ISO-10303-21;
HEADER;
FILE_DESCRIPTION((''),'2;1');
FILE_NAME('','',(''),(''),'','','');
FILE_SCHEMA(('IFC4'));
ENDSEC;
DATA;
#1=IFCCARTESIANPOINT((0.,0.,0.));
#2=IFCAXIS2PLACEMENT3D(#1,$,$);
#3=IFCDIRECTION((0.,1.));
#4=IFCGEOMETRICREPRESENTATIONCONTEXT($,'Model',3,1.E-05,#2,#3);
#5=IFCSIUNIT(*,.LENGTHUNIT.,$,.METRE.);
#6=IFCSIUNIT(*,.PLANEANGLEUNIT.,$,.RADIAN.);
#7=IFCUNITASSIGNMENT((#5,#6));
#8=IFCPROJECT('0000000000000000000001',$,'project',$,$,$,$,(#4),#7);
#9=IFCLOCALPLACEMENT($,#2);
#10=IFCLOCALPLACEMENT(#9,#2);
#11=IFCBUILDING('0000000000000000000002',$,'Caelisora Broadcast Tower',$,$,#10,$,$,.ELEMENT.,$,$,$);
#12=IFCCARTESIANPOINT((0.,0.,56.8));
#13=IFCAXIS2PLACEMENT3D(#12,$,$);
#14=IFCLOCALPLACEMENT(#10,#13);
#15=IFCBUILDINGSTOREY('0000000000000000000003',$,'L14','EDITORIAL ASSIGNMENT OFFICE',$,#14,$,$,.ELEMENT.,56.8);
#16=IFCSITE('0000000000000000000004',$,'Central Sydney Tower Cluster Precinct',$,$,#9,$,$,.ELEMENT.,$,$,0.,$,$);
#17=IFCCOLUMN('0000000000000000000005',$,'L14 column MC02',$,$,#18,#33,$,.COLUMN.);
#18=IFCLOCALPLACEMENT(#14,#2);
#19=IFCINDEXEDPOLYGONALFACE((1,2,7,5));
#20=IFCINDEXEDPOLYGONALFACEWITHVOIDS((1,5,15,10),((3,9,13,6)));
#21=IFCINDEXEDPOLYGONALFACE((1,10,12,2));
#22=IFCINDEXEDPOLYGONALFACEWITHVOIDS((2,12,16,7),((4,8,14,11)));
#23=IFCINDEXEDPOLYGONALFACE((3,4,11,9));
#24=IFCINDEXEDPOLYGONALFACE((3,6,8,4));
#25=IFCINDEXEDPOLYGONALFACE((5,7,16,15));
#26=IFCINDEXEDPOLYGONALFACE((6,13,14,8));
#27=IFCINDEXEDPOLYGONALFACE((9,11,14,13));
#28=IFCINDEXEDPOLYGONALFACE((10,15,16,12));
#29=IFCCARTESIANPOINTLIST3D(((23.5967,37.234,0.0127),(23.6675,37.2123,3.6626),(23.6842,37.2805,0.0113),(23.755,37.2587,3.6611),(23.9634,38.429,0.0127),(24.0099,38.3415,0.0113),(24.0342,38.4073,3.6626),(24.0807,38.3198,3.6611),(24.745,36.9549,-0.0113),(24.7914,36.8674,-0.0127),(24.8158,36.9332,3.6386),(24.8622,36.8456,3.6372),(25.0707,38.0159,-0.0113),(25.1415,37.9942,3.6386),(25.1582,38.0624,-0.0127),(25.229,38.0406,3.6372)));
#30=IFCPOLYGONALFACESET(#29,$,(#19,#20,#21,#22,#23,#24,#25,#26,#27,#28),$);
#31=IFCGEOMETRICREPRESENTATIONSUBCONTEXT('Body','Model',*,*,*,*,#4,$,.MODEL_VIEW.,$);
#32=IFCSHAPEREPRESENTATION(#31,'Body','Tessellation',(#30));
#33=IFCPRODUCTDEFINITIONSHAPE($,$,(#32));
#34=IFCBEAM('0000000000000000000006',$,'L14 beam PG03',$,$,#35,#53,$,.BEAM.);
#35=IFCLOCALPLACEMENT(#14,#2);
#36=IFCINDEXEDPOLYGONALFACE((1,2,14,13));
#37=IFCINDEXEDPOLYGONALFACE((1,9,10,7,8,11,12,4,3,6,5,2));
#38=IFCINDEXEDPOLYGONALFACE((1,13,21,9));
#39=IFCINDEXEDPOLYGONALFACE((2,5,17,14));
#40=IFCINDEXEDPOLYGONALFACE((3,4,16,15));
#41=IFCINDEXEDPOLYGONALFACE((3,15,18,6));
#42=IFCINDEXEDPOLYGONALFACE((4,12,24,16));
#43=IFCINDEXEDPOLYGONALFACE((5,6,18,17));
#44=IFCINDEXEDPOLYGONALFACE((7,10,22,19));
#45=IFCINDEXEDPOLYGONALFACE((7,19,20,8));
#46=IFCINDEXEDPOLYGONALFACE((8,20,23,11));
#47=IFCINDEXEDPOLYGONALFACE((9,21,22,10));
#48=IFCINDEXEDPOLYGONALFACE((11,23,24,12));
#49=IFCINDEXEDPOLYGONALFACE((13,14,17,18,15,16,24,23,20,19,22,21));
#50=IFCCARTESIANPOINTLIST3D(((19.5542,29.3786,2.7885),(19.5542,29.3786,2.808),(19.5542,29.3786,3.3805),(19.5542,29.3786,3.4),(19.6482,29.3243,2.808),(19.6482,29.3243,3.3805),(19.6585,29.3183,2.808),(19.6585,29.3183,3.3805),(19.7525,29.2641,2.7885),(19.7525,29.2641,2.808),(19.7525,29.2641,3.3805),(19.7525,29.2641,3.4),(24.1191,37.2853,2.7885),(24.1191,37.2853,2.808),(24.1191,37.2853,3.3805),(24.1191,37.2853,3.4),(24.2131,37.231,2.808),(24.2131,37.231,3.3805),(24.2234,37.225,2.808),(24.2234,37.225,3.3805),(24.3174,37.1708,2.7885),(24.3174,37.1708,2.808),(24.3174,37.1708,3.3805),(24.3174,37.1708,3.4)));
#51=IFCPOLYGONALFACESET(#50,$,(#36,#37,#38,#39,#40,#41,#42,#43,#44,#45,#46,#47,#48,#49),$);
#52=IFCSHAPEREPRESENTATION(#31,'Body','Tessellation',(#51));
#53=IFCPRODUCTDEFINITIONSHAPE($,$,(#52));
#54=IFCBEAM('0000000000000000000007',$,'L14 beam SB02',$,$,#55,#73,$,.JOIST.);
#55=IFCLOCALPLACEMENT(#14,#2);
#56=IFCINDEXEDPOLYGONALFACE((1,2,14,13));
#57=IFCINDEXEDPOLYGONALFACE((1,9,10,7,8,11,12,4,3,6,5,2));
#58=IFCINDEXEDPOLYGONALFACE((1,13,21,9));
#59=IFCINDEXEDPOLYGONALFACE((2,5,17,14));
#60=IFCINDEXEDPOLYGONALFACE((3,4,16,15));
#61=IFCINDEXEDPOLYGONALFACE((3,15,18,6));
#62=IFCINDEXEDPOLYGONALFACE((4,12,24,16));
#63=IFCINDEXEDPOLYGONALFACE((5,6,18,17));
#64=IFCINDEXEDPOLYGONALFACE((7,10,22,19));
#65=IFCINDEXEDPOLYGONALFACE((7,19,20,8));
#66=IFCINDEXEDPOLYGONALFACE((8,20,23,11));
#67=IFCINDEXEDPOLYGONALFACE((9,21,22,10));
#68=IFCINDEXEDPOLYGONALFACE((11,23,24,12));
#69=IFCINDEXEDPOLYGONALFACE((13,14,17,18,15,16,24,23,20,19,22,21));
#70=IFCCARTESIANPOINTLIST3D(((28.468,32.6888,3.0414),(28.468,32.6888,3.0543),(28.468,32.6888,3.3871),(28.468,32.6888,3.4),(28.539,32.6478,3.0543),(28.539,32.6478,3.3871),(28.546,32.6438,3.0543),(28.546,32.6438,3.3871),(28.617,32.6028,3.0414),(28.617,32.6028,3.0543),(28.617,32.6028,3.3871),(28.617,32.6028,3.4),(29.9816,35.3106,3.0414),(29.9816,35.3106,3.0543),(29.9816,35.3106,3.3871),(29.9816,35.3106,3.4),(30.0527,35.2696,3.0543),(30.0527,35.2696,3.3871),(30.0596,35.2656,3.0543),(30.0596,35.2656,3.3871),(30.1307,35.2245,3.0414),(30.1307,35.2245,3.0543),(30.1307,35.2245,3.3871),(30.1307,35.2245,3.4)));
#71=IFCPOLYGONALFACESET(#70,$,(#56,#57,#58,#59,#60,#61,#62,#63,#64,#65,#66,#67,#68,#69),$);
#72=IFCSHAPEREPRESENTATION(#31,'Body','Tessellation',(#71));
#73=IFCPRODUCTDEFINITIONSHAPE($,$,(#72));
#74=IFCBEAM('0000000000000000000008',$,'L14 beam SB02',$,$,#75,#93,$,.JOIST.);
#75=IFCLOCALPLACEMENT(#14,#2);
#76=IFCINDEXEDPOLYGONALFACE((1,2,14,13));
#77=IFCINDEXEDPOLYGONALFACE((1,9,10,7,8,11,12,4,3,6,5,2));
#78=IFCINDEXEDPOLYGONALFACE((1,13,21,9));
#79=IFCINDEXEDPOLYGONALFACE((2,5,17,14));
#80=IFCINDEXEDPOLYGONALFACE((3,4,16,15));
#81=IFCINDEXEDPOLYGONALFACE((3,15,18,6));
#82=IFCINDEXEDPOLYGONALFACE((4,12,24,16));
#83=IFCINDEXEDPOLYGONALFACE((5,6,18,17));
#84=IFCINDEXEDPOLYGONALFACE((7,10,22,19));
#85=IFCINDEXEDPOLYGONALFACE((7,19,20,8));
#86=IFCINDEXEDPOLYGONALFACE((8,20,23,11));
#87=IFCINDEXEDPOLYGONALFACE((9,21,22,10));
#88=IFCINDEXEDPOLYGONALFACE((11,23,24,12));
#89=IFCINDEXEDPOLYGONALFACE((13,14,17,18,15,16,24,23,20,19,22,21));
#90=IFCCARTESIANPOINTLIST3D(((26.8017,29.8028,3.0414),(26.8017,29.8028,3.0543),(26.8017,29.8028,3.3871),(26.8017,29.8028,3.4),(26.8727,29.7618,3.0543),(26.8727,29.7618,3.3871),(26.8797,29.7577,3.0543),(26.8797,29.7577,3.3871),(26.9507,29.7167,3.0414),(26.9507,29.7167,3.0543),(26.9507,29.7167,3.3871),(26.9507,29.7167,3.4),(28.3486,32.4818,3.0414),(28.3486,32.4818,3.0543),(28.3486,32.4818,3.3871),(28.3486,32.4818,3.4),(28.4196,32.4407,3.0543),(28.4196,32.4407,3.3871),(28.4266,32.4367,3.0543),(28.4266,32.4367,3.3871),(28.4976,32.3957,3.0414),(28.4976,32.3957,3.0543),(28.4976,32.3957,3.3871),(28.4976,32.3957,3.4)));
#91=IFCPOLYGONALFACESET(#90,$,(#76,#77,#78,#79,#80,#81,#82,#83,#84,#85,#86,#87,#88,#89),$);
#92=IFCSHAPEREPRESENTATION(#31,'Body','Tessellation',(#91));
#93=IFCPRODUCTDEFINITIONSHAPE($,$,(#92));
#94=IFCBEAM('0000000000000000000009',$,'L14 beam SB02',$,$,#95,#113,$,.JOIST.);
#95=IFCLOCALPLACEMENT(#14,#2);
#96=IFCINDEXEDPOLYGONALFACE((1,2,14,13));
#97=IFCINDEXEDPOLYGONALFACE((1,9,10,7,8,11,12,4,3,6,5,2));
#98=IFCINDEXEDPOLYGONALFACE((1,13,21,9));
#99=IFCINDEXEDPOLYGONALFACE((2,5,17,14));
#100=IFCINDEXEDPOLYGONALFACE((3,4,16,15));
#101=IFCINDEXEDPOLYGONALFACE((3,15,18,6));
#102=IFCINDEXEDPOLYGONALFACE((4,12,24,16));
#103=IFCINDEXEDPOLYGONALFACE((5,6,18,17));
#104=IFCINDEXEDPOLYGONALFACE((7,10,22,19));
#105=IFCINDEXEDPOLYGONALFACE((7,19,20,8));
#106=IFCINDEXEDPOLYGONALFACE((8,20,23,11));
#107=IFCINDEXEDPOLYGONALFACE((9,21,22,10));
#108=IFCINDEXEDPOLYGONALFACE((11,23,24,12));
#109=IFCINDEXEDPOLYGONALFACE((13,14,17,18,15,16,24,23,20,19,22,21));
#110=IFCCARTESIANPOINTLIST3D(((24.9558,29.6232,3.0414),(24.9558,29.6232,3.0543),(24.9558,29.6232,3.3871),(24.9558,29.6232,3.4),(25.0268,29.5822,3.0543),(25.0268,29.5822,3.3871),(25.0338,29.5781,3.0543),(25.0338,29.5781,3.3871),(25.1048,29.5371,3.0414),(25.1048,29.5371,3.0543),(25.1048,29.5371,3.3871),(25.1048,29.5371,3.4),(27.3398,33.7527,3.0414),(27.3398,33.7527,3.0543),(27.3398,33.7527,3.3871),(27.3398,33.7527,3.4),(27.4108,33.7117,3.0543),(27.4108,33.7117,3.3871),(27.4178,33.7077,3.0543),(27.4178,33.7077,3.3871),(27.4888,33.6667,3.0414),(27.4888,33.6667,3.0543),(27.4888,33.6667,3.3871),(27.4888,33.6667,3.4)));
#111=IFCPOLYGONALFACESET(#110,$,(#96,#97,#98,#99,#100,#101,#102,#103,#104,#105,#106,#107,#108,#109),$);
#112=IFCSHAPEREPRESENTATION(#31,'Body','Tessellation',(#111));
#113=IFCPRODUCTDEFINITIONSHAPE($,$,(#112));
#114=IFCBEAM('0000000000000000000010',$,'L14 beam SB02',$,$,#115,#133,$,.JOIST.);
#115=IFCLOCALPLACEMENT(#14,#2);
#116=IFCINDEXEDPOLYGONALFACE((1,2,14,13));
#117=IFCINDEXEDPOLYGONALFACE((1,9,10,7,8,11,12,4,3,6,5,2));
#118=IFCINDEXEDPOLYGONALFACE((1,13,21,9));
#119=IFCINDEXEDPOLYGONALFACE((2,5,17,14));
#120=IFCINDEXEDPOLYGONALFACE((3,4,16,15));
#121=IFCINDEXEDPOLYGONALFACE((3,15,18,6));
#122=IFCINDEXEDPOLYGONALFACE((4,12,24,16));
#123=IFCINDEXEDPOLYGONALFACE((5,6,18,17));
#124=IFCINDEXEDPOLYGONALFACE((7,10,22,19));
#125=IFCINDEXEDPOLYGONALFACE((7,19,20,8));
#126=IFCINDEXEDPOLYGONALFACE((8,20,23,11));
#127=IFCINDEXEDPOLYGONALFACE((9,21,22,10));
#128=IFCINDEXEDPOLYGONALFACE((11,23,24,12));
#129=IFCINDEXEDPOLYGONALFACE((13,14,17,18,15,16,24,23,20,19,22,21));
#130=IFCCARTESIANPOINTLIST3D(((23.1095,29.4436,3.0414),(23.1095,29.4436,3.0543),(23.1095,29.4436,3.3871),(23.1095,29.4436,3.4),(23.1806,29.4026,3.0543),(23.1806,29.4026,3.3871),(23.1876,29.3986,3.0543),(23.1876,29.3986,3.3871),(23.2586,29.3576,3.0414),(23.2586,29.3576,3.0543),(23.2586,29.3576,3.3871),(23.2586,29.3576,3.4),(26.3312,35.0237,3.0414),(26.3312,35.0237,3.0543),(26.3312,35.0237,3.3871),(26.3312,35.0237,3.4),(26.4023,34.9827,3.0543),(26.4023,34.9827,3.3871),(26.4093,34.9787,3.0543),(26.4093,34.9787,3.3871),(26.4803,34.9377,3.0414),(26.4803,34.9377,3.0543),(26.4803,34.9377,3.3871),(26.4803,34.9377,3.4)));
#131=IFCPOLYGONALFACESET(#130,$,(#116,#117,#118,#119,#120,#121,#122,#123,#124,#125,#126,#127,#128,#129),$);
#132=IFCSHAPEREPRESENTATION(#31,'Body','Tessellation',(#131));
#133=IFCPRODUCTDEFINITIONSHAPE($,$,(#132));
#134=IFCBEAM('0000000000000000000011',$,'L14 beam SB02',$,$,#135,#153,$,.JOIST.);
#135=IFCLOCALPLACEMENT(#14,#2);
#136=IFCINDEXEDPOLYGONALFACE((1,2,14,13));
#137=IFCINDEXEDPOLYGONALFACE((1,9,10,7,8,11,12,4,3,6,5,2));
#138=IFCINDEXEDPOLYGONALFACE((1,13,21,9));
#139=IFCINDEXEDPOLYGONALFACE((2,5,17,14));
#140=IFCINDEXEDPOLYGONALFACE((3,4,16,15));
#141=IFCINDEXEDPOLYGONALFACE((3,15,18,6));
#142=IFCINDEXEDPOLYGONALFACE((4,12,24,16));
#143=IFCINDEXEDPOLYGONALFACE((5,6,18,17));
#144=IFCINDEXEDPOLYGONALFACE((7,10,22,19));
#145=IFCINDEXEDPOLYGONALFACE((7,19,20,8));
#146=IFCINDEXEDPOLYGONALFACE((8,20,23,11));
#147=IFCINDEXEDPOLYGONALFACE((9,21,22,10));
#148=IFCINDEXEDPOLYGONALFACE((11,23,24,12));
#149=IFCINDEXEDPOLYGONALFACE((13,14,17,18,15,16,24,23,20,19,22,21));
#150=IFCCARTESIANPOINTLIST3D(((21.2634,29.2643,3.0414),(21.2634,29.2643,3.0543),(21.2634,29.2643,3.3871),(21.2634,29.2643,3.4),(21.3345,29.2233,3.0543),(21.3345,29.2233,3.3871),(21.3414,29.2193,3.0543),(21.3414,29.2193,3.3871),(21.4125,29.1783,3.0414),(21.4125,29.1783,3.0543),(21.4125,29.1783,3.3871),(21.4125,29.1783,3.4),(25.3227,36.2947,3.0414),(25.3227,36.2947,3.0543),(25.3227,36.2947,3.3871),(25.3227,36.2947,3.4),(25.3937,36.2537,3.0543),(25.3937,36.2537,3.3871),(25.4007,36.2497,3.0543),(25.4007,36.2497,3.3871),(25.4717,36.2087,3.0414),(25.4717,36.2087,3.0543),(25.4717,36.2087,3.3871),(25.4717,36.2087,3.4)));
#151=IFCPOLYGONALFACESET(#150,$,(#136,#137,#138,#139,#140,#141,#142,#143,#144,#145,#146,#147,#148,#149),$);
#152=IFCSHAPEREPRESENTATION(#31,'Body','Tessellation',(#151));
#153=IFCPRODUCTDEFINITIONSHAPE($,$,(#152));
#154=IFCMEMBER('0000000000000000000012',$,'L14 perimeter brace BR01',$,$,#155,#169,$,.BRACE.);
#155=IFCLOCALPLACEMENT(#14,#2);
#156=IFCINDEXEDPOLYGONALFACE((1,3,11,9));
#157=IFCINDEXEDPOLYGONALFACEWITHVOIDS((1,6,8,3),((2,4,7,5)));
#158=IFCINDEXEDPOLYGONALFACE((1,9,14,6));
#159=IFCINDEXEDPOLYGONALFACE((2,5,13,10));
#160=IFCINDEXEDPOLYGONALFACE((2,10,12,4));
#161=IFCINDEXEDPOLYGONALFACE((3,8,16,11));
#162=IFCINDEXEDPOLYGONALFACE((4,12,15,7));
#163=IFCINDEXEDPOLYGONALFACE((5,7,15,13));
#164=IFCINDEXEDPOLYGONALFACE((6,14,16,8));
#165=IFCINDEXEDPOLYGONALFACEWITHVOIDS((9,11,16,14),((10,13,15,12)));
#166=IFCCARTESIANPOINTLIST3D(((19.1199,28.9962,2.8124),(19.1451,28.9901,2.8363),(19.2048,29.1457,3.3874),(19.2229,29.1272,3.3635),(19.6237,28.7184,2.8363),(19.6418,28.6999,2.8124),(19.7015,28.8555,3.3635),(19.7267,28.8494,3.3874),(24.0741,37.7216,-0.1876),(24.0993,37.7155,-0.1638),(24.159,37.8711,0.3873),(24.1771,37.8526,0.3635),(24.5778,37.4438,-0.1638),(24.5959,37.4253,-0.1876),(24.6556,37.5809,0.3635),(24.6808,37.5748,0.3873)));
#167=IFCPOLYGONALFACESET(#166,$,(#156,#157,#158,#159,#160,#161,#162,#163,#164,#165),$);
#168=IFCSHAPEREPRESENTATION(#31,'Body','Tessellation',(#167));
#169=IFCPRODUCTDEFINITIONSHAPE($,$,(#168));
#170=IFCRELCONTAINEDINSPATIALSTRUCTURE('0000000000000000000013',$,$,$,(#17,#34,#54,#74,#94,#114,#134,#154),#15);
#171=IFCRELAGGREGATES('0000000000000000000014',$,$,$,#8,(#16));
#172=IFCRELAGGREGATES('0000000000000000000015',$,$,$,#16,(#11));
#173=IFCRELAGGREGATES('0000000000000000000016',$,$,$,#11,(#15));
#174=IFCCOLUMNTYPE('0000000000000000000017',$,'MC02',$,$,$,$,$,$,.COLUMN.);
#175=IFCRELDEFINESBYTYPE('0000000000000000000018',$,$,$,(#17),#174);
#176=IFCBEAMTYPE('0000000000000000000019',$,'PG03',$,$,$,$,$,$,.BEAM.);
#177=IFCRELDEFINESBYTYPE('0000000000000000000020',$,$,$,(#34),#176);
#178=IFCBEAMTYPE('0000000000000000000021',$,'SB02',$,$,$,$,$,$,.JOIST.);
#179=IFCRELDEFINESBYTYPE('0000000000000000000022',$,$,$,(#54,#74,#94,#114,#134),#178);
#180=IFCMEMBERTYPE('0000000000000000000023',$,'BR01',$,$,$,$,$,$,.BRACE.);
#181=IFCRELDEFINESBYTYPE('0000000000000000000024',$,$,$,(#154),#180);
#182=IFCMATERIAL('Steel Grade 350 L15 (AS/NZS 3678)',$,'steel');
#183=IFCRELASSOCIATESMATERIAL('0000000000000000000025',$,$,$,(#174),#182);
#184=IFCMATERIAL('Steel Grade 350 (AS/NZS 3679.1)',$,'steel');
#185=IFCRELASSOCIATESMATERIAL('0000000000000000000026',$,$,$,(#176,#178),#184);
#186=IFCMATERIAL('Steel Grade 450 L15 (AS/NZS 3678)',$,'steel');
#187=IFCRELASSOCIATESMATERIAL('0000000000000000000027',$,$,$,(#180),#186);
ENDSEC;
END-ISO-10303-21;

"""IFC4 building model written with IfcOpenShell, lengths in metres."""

from ifc_helpers import new_model, si_unit, direction, frame, origin, origin_2d, place, context, subcontext, project, spatial, hollow_rectangle, i_section, extrude, source, transform, mapped, material, material_profile, profile_set, type_object, type_shapes, element, save


model = new_model("IFC4")

# Units and contexts
model_context = context("Model", 3, precision=1e-05, world=origin(), true_north=direction((0.0, 1.0)))
body_context = subcontext(model_context, "Body", "Model", "MODEL_VIEW")
ifc_project = project(units=[si_unit("LENGTHUNIT", "METRE"), si_unit("PLANEANGLEUNIT", "RADIAN")], contexts=[model_context])

# Site, building, storey
site_placement = place(None, origin())
site = spatial("IfcSite", under=ifc_project, at=site_placement, Name="Central Sydney Tower Cluster Precinct", CompositionType="ELEMENT", RefElevation=0.0)
building_placement = place(site_placement, origin())
building = spatial("IfcBuilding", under=site, at=building_placement, Name="Caelisora Broadcast Tower", CompositionType="ELEMENT")
storey_placement = place(building_placement, frame((0.0, 0.0, 56.8)))
storey = spatial("IfcBuildingStorey", under=building, at=storey_placement, Name="L14", Description="EDITORIAL ASSIGNMENT OFFICE", CompositionType="ELEMENT", Elevation=56.8)

# Column
ifc_material_1 = material(Name="Steel Grade 350 L15 (AS/NZS 3678)", Category="steel")
ifc_material_profile_1 = material_profile(ifc_material_1, hollow_rectangle(XDim=1.25, YDim=1.25, WallThickness=0.0701, at=origin_2d()), Name="Steel Grade 350 L15 (AS/NZS 3678)")
ifc_profile_set_1 = profile_set([ifc_material_profile_1], Name="Steel Grade 350 L15 (AS/NZS 3678)")
column_type = type_object("IfcColumnType", Name="MC02", PredefinedType="COLUMN", material=ifc_profile_set_1)
shared_shape_1 = source(origin(), body_context, "Body", "SweptSolid", [
    extrude(hollow_rectangle(XDim=1.25, YDim=1.25, WallThickness=0.0701, at=origin_2d()), origin(), (0.0, 0.0, 1.0), 3.6506),
])
type_shapes(column_type, [shared_shape_1])
column_placement = place(storey_placement, frame((24.3774, 37.6482, 0.0), z_axis=(0.019394, -0.005952, 0.999794), x_axis=(0.293391, 0.955993, 0.0)))
element("IfcColumn", 1, at=column_placement, inside=storey, type_object=column_type, Name="L14 column MC02", PredefinedType="COLUMN", context=body_context, shape_type="MappedRepresentation", body=[
    mapped(shared_shape_1, transform((0.0, 0.0, 0.0), scale=1.0)),
])

# Beams
ifc_material_2 = material(Name="Steel Grade 350 (AS/NZS 3679.1)", Category="steel")
ifc_material_profile_2 = material_profile(ifc_material_2, i_section(OverallWidth=0.229, OverallDepth=0.6116, WebThickness=0.012, FlangeThickness=0.0195, at=origin_2d()), Name="Steel Grade 350 (AS/NZS 3679.1)")
ifc_profile_set_2 = profile_set([ifc_material_profile_2], Name="Steel Grade 350 (AS/NZS 3679.1)")
beam_type_1 = type_object("IfcBeamType", Name="PG03", PredefinedType="BEAM", material=ifc_profile_set_2)
shared_shape_2 = source(origin(), body_context, "Body", "SweptSolid", [
    extrude(i_section(OverallWidth=0.229, OverallDepth=0.6116, WebThickness=0.012, FlangeThickness=0.0195, at=origin_2d()), origin(), (0.0, 0.0, 1.0), 9.1299),
])
type_shapes(beam_type_1, [shared_shape_2])
beam_1_placement = place(storey_placement, frame((24.2183, 37.228, 3.0942), z_axis=(-0.499999, -0.866026, 0.0), x_axis=(0.866026, -0.499999, 0.0)))
element("IfcBeam", 2, at=beam_1_placement, inside=storey, type_object=beam_type_1, Name="L14 beam PG03", PredefinedType="BEAM", context=body_context, shape_type="MappedRepresentation", body=[
    mapped(shared_shape_2, transform((0.0, 0.0, 0.0), scale=1.0)),
])
ifc_material_profile_3 = material_profile(ifc_material_2, i_section(OverallWidth=0.1721, OverallDepth=0.3586, WebThickness=0.0081, FlangeThickness=0.0129, at=origin_2d()), Name="Steel Grade 350 (AS/NZS 3679.1)")
ifc_profile_set_3 = profile_set([ifc_material_profile_3], Name="Steel Grade 350 (AS/NZS 3679.1)")
beam_type_2 = type_object("IfcBeamType", Name="SB02", PredefinedType="JOIST", material=ifc_profile_set_3)
shared_shape_3 = source(origin(), body_context, "Body", "SweptSolid", [
    extrude(i_section(OverallWidth=0.1721, OverallDepth=0.3586, WebThickness=0.0081, FlangeThickness=0.0129, at=origin_2d()), origin(), (0.0, 0.0, 1.0), 3.0273),
])
beam_2_placement = place(storey_placement, frame((30.0562, 35.2676, 3.2207), z_axis=(-0.49999, -0.866031, 0.0), x_axis=(0.866031, -0.49999, 0.0)))
element("IfcBeam", 3, at=beam_2_placement, inside=storey, type_object=beam_type_2, Name="L14 beam SB02", PredefinedType="JOIST", context=body_context, shape_type="MappedRepresentation", body=[
    mapped(shared_shape_3, transform((0.0, 0.0, 0.0), scale=1.0)),
])
shared_shape_4 = source(origin(), body_context, "Body", "SweptSolid", [
    extrude(i_section(OverallWidth=0.1721, OverallDepth=0.3586, WebThickness=0.0081, FlangeThickness=0.0129, at=origin_2d()), origin(), (0.0, 0.0, 1.0), 3.0935),
])
beam_3_placement = place(storey_placement, frame((28.4231, 32.4387, 3.2207), z_axis=(-0.500044, -0.866, 0.0), x_axis=(0.866, -0.500044, 0.0)))
element("IfcBeam", 4, at=beam_3_placement, inside=storey, type_object=beam_type_2, Name="L14 beam SB02", PredefinedType="JOIST", context=body_context, shape_type="MappedRepresentation", body=[
    mapped(shared_shape_4, transform((0.0, 0.0, 0.0), scale=1.0)),
])
shared_shape_5 = source(origin(), body_context, "Body", "SweptSolid", [
    extrude(i_section(OverallWidth=0.1721, OverallDepth=0.3586, WebThickness=0.0081, FlangeThickness=0.0129, at=origin_2d()), origin(), (0.0, 0.0, 1.0), 4.7683),
])
beam_4_placement = place(storey_placement, frame((27.4143, 33.7097, 3.2207), z_axis=(-0.499966, -0.866045, 0.0), x_axis=(0.866045, -0.499966, 0.0)))
element("IfcBeam", 5, at=beam_4_placement, inside=storey, type_object=beam_type_2, Name="L14 beam SB02", PredefinedType="JOIST", context=body_context, shape_type="MappedRepresentation", body=[
    mapped(shared_shape_5, transform((0.0, 0.0, 0.0), scale=1.0)),
])
shared_shape_6 = source(origin(), body_context, "Body", "SweptSolid", [
    extrude(i_section(OverallWidth=0.1721, OverallDepth=0.3586, WebThickness=0.0081, FlangeThickness=0.0129, at=origin_2d()), origin(), (0.0, 0.0, 1.0), 6.4434),
])
beam_5_placement = place(storey_placement, frame((26.4058, 34.9807, 3.2207), z_axis=(-0.500002, -0.866024, 0.0), x_axis=(0.866024, -0.500002, 0.0)))
element("IfcBeam", 6, at=beam_5_placement, inside=storey, type_object=beam_type_2, Name="L14 beam SB02", PredefinedType="JOIST", context=body_context, shape_type="MappedRepresentation", body=[
    mapped(shared_shape_6, transform((0.0, 0.0, 0.0), scale=1.0)),
])
shared_shape_7 = source(origin(), body_context, "Body", "SweptSolid", [
    extrude(i_section(OverallWidth=0.1721, OverallDepth=0.3586, WebThickness=0.0081, FlangeThickness=0.0129, at=origin_2d()), origin(), (0.0, 0.0, 1.0), 8.1182),
])
type_shapes(beam_type_2, [shared_shape_3, shared_shape_4, shared_shape_5, shared_shape_6, shared_shape_7])
beam_6_placement = place(storey_placement, frame((25.3972, 36.2517, 3.2207), z_axis=(-0.500024, -0.866012, 0.0), x_axis=(0.866012, -0.500024, 0.0)))
element("IfcBeam", 7, at=beam_6_placement, inside=storey, type_object=beam_type_2, Name="L14 beam SB02", PredefinedType="JOIST", context=body_context, shape_type="MappedRepresentation", body=[
    mapped(shared_shape_7, transform((0.0, 0.0, 0.0), scale=1.0)),
])

# Member
ifc_material_3 = material(Name="Steel Grade 450 L15 (AS/NZS 3678)", Category="steel")
ifc_material_profile_4 = material_profile(ifc_material_3, hollow_rectangle(XDim=0.6001, YDim=0.6001, WallThickness=0.0249, at=origin_2d()), Name="Steel Grade 450 L15 (AS/NZS 3678)")
ifc_profile_set_4 = profile_set([ifc_material_profile_4], Name="Steel Grade 450 L15 (AS/NZS 3678)")
member_type_1 = type_object("IfcMemberType", Name="BR01", PredefinedType="BRACE", material=ifc_profile_set_4)
shared_shape_8 = source(origin(), body_context, "Body", "SweptSolid", [
    extrude(hollow_rectangle(XDim=0.6001, YDim=0.6001, WallThickness=0.0249, at=origin_2d()), origin(), (0.0, 0.0, 1.0), 10.4727),
])
type_shapes(member_type_1, [shared_shape_8])
member_1_placement = place(storey_placement, frame((24.3774, 37.6482, 0.0999), z_axis=(-0.473055, -0.833162, 0.286463), x_axis=(0.869605, -0.493747, 0.0)))
element("IfcMember", 8, at=member_1_placement, inside=storey, type_object=member_type_1, Name="L14 perimeter brace BR01", PredefinedType="BRACE", context=body_context, shape_type="MappedRepresentation", body=[
    mapped(shared_shape_8, transform((0.0, 0.0, 0.0), scale=1.0)),
])

save(model, "model.ifc")
